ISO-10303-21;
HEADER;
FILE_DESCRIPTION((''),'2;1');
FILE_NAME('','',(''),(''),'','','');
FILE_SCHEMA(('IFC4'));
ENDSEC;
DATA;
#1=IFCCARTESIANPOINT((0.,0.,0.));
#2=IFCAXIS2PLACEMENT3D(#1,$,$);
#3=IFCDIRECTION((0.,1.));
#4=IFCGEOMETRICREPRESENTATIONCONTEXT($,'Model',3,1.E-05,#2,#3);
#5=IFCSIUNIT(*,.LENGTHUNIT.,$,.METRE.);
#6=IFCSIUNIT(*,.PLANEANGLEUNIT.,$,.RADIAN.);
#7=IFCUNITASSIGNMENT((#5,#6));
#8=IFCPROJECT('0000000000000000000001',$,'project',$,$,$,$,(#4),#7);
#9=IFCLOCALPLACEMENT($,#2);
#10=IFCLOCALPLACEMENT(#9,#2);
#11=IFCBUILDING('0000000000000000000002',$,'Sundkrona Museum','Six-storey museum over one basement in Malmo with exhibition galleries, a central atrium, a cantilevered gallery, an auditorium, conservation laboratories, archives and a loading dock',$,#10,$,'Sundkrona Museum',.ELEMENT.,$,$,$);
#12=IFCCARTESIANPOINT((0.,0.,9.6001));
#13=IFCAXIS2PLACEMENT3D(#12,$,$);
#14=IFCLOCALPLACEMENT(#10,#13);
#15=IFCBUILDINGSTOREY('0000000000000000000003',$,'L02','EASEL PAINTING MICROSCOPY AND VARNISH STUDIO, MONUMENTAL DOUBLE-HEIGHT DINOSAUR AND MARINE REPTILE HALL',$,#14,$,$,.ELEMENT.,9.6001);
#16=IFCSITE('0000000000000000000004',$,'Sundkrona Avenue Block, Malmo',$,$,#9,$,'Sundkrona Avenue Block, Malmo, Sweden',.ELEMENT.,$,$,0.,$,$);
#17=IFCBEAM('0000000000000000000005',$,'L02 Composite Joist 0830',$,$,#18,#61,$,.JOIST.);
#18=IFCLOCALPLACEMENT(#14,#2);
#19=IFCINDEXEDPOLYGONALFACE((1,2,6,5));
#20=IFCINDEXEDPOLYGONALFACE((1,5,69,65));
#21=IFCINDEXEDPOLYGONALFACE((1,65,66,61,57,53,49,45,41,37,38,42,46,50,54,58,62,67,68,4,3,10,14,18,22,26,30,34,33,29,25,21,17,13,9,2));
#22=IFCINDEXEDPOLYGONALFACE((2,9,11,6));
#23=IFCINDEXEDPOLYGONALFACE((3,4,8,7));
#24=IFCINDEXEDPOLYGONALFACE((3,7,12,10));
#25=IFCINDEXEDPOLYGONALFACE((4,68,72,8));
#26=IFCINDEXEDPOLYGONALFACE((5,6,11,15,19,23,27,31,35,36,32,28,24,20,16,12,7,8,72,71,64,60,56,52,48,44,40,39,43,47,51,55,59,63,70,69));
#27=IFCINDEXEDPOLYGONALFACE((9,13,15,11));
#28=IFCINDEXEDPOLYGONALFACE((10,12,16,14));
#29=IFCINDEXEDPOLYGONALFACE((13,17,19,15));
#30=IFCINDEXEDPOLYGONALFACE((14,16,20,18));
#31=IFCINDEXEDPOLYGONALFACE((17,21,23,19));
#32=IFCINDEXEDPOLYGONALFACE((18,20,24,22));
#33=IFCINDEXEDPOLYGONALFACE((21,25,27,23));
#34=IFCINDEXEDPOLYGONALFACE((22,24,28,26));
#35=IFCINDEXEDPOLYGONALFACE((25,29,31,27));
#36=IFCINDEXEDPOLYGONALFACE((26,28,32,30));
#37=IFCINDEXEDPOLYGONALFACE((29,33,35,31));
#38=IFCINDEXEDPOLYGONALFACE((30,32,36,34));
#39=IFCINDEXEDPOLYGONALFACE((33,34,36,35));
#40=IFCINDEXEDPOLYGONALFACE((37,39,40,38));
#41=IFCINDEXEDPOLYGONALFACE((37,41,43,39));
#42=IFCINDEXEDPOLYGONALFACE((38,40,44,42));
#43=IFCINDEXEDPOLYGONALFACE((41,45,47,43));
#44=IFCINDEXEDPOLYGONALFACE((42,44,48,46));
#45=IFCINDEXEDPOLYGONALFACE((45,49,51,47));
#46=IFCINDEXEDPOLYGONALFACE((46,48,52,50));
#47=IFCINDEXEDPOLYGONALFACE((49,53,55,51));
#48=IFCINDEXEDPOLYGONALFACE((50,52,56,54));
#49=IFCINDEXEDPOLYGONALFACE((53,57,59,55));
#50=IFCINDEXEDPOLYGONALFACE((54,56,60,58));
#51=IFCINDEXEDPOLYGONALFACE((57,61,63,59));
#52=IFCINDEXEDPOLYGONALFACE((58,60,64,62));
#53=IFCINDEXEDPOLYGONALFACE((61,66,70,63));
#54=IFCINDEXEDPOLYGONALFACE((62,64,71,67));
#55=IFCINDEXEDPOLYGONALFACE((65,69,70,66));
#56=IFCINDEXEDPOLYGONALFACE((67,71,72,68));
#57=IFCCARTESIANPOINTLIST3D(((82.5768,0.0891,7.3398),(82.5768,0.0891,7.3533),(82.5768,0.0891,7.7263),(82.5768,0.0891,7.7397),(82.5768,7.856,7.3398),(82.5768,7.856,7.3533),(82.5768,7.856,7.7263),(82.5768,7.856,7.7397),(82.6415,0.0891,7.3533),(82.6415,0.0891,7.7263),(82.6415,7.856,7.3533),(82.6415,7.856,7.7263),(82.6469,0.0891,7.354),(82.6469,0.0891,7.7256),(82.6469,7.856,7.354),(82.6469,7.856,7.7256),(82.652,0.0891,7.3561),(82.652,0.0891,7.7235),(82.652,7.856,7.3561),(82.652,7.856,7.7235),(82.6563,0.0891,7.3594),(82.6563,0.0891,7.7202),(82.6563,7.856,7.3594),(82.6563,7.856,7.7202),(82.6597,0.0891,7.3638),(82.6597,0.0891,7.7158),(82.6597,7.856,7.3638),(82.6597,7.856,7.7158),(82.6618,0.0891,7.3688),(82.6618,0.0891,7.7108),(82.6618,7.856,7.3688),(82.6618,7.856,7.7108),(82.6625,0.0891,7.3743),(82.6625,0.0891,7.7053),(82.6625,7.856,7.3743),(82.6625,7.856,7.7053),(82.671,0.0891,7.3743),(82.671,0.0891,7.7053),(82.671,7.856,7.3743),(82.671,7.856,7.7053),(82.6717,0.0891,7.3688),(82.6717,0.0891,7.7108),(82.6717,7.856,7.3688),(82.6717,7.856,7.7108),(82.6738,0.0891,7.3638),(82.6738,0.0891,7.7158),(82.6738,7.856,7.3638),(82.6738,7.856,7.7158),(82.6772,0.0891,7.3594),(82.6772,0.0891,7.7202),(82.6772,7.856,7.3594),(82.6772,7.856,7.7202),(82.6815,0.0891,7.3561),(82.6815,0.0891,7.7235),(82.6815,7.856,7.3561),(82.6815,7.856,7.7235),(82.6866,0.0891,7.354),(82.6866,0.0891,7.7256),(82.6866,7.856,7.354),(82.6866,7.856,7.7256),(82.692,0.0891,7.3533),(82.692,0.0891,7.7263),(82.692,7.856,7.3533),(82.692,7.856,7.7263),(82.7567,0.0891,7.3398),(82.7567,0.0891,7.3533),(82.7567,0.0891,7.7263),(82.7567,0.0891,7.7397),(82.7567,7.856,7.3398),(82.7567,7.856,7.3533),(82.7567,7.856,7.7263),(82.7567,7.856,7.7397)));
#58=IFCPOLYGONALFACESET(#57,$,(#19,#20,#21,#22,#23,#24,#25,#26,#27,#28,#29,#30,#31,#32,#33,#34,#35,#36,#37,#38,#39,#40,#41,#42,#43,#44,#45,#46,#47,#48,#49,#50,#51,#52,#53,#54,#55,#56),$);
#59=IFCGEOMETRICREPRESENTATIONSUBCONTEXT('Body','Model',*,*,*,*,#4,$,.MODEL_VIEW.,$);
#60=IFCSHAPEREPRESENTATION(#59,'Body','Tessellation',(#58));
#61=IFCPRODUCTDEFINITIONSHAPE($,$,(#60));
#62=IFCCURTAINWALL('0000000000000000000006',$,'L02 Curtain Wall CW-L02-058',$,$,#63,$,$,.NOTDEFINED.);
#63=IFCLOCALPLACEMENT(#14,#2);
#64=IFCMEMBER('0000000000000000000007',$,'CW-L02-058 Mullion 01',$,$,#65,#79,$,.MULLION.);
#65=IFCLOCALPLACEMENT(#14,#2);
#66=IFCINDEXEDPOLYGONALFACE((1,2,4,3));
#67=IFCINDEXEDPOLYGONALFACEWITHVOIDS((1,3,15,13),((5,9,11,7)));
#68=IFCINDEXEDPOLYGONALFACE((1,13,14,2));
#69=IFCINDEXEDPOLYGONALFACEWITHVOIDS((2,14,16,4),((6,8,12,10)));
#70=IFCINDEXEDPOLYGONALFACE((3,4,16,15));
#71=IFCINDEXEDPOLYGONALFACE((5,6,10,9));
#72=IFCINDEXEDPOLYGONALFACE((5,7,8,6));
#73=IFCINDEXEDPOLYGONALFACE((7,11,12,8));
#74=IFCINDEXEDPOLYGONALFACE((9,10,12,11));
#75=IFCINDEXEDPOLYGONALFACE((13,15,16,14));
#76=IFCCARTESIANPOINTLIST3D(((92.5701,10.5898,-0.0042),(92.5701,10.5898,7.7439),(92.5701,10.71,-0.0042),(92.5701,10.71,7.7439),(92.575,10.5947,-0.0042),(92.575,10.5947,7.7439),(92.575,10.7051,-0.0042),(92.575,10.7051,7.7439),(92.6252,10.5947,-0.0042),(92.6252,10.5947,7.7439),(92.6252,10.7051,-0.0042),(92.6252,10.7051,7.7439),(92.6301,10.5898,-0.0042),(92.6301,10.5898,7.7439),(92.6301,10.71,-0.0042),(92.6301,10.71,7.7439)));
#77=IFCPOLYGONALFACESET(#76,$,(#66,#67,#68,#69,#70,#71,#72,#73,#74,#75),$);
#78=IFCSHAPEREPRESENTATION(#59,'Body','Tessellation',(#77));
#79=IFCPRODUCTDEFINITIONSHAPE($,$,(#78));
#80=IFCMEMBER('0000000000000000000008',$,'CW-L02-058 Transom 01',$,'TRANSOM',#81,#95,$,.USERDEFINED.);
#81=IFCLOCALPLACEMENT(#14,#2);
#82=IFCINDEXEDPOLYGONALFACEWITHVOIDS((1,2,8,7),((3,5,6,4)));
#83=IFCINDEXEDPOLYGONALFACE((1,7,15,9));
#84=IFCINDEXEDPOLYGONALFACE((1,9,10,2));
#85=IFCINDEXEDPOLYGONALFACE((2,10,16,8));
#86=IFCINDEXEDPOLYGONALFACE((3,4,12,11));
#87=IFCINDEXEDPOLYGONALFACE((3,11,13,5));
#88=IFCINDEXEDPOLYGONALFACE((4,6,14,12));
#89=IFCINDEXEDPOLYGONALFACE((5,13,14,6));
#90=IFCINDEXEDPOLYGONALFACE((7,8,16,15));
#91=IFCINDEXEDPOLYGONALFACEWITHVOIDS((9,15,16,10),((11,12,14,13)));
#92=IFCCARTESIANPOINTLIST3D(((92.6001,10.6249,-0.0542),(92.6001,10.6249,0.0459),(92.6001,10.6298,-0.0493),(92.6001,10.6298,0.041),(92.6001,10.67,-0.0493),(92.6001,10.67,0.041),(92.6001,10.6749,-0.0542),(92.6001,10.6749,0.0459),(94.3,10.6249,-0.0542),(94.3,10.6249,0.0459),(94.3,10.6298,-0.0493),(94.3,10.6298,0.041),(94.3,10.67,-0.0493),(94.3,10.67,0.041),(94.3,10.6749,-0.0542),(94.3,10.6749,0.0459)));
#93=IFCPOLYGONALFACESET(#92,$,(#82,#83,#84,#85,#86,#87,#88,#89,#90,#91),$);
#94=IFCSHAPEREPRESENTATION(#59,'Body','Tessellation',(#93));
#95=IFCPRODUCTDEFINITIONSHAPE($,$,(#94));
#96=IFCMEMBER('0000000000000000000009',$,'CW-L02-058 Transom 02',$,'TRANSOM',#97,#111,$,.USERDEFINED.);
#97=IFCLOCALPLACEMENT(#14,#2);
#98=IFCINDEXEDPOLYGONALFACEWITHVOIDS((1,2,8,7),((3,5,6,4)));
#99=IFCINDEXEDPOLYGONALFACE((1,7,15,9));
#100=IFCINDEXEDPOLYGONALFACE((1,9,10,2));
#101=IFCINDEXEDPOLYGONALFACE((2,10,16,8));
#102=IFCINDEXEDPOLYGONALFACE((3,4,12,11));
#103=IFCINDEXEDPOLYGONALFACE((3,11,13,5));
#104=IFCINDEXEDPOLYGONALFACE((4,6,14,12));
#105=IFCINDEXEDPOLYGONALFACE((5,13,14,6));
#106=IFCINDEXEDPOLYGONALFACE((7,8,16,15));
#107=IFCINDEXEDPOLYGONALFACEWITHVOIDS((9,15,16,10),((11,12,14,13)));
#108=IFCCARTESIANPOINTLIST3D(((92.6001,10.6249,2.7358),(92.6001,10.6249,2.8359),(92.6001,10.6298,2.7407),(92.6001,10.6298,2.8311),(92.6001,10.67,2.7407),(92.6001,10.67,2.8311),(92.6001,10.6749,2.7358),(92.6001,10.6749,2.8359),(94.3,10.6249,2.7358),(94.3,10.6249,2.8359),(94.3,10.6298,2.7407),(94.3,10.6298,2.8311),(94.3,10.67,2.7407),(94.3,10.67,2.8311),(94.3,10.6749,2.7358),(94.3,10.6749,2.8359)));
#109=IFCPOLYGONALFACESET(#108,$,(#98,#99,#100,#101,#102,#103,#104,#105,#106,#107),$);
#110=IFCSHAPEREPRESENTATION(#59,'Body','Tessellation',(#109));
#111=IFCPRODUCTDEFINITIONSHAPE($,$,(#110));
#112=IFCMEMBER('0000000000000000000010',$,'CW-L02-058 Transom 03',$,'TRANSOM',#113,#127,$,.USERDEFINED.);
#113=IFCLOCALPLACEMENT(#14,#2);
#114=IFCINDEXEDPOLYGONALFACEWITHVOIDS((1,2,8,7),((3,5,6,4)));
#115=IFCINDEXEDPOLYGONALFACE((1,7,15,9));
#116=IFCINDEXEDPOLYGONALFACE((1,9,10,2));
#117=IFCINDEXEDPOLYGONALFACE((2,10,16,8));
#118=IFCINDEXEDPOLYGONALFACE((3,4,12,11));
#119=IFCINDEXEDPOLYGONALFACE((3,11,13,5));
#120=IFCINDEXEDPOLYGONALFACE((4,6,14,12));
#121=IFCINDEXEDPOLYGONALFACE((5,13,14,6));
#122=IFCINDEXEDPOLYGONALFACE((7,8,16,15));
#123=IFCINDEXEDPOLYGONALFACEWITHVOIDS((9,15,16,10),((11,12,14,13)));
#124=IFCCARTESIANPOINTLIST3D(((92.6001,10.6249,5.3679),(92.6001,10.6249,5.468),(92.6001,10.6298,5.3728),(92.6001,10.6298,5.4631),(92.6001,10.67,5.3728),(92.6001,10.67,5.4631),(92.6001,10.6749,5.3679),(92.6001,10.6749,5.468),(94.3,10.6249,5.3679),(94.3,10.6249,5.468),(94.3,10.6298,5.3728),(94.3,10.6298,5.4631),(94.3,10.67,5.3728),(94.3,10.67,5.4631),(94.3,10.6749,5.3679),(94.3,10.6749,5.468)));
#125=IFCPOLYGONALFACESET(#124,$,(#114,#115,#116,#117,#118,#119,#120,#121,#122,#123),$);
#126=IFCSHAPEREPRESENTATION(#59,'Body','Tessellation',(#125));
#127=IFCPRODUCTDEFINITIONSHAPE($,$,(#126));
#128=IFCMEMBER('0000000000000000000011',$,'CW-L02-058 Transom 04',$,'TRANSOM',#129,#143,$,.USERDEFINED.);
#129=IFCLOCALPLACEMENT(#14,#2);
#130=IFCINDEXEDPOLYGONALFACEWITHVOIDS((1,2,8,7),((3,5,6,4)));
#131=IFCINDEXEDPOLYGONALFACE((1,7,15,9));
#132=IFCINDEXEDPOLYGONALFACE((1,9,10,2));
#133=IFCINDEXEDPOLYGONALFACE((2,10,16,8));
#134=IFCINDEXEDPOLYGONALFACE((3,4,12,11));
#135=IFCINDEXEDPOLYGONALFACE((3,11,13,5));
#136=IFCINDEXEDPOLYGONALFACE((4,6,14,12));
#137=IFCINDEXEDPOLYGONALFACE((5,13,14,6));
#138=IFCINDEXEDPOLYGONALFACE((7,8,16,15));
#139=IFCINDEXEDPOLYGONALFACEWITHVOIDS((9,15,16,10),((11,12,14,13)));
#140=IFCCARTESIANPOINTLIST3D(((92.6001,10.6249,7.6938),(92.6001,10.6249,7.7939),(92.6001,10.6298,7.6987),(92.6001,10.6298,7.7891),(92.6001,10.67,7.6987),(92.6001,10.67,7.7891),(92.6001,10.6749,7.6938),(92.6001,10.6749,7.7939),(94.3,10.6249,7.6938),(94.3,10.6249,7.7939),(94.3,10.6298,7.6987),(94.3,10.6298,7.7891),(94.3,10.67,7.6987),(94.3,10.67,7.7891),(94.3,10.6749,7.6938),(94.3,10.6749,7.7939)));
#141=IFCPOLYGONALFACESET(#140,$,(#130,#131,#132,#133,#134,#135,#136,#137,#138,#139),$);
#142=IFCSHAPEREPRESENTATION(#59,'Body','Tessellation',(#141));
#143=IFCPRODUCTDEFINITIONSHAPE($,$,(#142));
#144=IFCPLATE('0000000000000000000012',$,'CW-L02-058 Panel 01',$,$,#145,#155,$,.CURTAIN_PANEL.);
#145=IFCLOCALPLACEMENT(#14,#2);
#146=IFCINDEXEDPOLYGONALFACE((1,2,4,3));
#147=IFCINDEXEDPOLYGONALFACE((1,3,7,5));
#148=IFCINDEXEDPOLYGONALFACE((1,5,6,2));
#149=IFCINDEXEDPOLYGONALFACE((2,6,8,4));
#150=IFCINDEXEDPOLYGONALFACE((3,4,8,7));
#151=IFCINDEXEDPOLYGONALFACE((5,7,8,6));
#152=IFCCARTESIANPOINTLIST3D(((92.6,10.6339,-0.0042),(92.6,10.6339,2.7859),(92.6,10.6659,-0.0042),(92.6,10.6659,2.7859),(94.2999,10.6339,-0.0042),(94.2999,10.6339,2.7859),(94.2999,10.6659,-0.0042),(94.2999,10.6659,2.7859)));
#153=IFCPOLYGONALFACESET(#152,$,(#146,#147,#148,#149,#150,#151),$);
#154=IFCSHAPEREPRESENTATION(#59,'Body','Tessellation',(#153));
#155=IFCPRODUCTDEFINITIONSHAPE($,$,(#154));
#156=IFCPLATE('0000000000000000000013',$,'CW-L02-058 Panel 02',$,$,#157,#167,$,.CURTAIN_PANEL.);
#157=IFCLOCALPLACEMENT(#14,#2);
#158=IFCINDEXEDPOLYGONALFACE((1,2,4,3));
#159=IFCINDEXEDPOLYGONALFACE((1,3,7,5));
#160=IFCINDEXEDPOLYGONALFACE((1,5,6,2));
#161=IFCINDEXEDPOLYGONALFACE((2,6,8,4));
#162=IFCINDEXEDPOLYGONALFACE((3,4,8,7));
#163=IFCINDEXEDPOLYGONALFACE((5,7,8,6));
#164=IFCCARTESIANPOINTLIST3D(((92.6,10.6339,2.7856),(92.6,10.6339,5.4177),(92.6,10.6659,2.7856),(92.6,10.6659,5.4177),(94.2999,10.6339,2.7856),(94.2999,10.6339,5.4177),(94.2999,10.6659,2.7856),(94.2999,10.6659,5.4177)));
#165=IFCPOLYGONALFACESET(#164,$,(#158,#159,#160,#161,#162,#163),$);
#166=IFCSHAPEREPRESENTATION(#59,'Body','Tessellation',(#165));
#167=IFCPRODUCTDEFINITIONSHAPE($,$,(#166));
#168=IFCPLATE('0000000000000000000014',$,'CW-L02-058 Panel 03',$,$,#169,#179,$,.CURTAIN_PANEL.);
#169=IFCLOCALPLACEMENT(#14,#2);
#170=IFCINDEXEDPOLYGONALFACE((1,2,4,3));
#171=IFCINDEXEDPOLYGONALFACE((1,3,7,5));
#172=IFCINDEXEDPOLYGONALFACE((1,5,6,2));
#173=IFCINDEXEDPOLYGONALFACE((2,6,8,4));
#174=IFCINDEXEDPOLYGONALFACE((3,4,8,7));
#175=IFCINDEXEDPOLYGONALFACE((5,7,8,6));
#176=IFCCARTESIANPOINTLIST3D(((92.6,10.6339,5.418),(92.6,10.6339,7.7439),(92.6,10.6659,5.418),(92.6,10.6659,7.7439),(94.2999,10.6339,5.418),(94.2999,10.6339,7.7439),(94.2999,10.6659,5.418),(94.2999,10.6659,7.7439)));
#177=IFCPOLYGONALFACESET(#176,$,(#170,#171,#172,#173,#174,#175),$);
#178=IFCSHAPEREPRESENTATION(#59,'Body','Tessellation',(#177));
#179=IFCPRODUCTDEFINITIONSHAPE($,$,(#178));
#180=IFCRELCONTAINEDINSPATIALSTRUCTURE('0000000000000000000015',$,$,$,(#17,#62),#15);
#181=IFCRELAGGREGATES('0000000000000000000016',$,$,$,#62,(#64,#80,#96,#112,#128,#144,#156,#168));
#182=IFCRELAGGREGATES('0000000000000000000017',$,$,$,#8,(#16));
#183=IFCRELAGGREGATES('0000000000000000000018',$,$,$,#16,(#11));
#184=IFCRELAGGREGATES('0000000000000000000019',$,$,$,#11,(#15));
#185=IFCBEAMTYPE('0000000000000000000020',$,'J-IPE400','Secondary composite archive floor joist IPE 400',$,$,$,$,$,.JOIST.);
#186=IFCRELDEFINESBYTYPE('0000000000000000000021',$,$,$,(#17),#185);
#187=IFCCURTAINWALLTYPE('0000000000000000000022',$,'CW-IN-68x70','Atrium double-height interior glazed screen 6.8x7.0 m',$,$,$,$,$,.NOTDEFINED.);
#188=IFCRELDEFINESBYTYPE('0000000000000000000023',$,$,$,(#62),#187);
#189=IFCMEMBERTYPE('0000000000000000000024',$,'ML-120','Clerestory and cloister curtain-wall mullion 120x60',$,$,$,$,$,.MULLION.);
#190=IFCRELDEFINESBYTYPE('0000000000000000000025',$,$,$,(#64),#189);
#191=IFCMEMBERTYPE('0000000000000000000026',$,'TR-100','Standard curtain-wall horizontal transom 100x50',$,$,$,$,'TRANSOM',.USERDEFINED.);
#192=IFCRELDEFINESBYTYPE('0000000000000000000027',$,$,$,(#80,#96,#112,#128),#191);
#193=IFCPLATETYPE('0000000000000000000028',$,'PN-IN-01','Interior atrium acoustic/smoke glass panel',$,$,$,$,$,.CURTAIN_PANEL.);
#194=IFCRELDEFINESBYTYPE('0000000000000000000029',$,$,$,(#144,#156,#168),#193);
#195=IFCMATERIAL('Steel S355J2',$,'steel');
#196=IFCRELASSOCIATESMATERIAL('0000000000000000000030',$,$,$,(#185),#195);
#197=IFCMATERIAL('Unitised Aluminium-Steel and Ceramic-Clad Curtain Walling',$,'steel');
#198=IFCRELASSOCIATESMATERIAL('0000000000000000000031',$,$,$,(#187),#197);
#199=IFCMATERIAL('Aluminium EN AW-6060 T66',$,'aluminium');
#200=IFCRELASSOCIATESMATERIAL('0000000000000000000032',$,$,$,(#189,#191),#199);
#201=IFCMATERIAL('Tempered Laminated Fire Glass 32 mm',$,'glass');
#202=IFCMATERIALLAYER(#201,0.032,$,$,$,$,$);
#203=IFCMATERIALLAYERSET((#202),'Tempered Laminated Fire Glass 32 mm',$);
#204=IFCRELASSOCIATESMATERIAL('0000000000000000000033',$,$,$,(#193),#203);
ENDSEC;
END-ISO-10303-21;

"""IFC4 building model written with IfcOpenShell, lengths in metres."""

from ifc_helpers import new_model, si_unit, direction, frame, origin, origin_2d, place, context, subcontext, project, spatial, rectangle, hollow_rectangle, i_section, extrude, material, layer, layer_set, material_profile, profile_set, type_object, element, aggregate, save


model = new_model("IFC4")

# Units and contexts
model_context = context("Model", 3, precision=1e-05, world=origin(), true_north=direction((0.0, 1.0)))
body_context = subcontext(model_context, "Body", "Model", "MODEL_VIEW")
ifc_project = project(units=[si_unit("LENGTHUNIT", "METRE"), si_unit("PLANEANGLEUNIT", "RADIAN")], contexts=[model_context])

# Site, building, storey
site_placement = place(None, origin())
site = spatial("IfcSite", under=ifc_project, at=site_placement, Name="Sundkrona Avenue Block, Malmo", LongName="Sundkrona Avenue Block, Malmo, Sweden", CompositionType="ELEMENT", RefElevation=0.0)
building_placement = place(site_placement, origin())
building = spatial("IfcBuilding", under=site, at=building_placement, Name="Sundkrona Museum", Description="Six-storey museum over one basement in Malmo with exhibition galleries, a central atrium, a cantilevered gallery, an auditorium, conservation laboratories, archives and a loading dock", LongName="Sundkrona Museum", CompositionType="ELEMENT")
storey_placement = place(building_placement, frame((0.0, 0.0, 9.6001)))
storey = spatial("IfcBuildingStorey", under=building, at=storey_placement, Name="L02", Description="EASEL PAINTING MICROSCOPY AND VARNISH STUDIO, MONUMENTAL DOUBLE-HEIGHT DINOSAUR AND MARINE REPTILE HALL", CompositionType="ELEMENT", Elevation=9.6001)

# Shared definitions
ifc_material_1 = material(Name="Steel S355J2", Category="steel")

# Beam
ifc_material_profile_1 = material_profile(ifc_material_1, i_section(OverallWidth=0.1799, OverallDepth=0.3999, WebThickness=0.0085, FlangeThickness=0.0134, FilletRadius=0.021, at=origin_2d()), Name="IPE 400")
ifc_profile_set_1 = profile_set([ifc_material_profile_1], Name="Steel S355J2")
beam_type_1 = type_object("IfcBeamType", Name="J-IPE400", Description="Secondary composite archive floor joist IPE 400", PredefinedType="JOIST", material=ifc_profile_set_1)
beam_1_placement = place(storey_placement, frame((82.6667, 0.0891, 7.5398), z_axis=(0.0, 1.0, 0.0), x_axis=(-1.0, 0.0, 0.0)))
element("IfcBeam", 1, at=beam_1_placement, inside=storey, type_object=beam_type_1, Name="L02 Composite Joist 0830", PredefinedType="JOIST", context=body_context, shape_type="SweptSolid", body=[
    extrude(i_section(OverallWidth=0.1799, OverallDepth=0.3999, WebThickness=0.0085, FlangeThickness=0.0134, FilletRadius=0.021, at=origin_2d()), origin(), (0.0, 0.0, 1.0), 7.7668),
])

# Curtain wall, members, plates
ifc_material_2 = material(Name="Unitised Aluminium-Steel and Ceramic-Clad Curtain Walling", Category="steel")
curtain_wall_type = type_object("IfcCurtainWallType", Name="CW-IN-68x70", Description="Atrium double-height interior glazed screen 6.8x7.0 m", PredefinedType="NOTDEFINED", material=ifc_material_2)
curtain_wall_placement = place(storey_placement, origin())
curtain_wall = element("IfcCurtainWall", 2, at=curtain_wall_placement, inside=storey, type_object=curtain_wall_type, Name="L02 Curtain Wall CW-L02-058", PredefinedType="NOTDEFINED")
ifc_material_3 = material(Name="Aluminium EN AW-6060 T66", Category="aluminium")
ifc_material_profile_2 = material_profile(ifc_material_3, hollow_rectangle(XDim=0.0601, YDim=0.1201, WallThickness=0.0049, at=origin_2d()), Name="RHS 120x60x5.0")
ifc_profile_set_2 = profile_set([ifc_material_profile_2], Name="Aluminium EN AW-6060 T66")
member_type_1 = type_object("IfcMemberType", Name="ML-120", Description="Clerestory and cloister curtain-wall mullion 120x60", PredefinedType="MULLION", material=ifc_profile_set_2)
member_1_placement = place(storey_placement, frame((92.6001, 10.6499, -0.0042), z_axis=(0.0, 0.0, 1.0), x_axis=(1.0, 0.0, 0.0)))
member_1 = element("IfcMember", 3, at=member_1_placement, type_object=member_type_1, Name="CW-L02-058 Mullion 01", PredefinedType="MULLION", context=body_context, shape_type="SweptSolid", body=[
    extrude(hollow_rectangle(XDim=0.0601, YDim=0.1201, WallThickness=0.0049, at=origin_2d()), origin(), (0.0, 0.0, 1.0), 7.748),
])
ifc_material_profile_3 = material_profile(ifc_material_3, hollow_rectangle(XDim=0.05, YDim=0.1001, WallThickness=0.0049, at=origin_2d()), Name="RHS 100x50x5.0")
ifc_profile_set_3 = profile_set([ifc_material_profile_3], Name="Aluminium EN AW-6060 T66")
member_type_2 = type_object("IfcMemberType", Name="TR-100", Description="Standard curtain-wall horizontal transom 100x50", ElementType="TRANSOM", PredefinedType="USERDEFINED", material=ifc_profile_set_3)
member_2_placement = place(storey_placement, frame((92.6001, 10.6499, -0.0042), z_axis=(1.0, 0.0, 0.0), x_axis=(0.0, 1.0, 0.0)))
member_2 = element("IfcMember", 4, at=member_2_placement, type_object=member_type_2, Name="CW-L02-058 Transom 01", ObjectType="TRANSOM", PredefinedType="USERDEFINED", context=body_context, shape_type="SweptSolid", body=[
    extrude(hollow_rectangle(XDim=0.05, YDim=0.1001, WallThickness=0.0049, at=origin_2d()), origin(), (0.0, 0.0, 1.0), 1.7),
])
member_3_placement = place(storey_placement, frame((92.6001, 10.6499, 2.7859), z_axis=(1.0, 0.0, 0.0), x_axis=(0.0, 1.0, 0.0)))
member_3 = element("IfcMember", 5, at=member_3_placement, type_object=member_type_2, Name="CW-L02-058 Transom 02", ObjectType="TRANSOM", PredefinedType="USERDEFINED", context=body_context, shape_type="SweptSolid", body=[
    extrude(hollow_rectangle(XDim=0.05, YDim=0.1001, WallThickness=0.0049, at=origin_2d()), origin(), (0.0, 0.0, 1.0), 1.7),
])
member_4_placement = place(storey_placement, frame((92.6001, 10.6499, 5.418), z_axis=(1.0, 0.0, 0.0), x_axis=(0.0, 1.0, 0.0)))
member_4 = element("IfcMember", 6, at=member_4_placement, type_object=member_type_2, Name="CW-L02-058 Transom 03", ObjectType="TRANSOM", PredefinedType="USERDEFINED", context=body_context, shape_type="SweptSolid", body=[
    extrude(hollow_rectangle(XDim=0.05, YDim=0.1001, WallThickness=0.0049, at=origin_2d()), origin(), (0.0, 0.0, 1.0), 1.7),
])
member_5_placement = place(storey_placement, frame((92.6001, 10.6499, 7.7439), z_axis=(1.0, 0.0, 0.0), x_axis=(0.0, 1.0, 0.0)))
member_5 = element("IfcMember", 7, at=member_5_placement, type_object=member_type_2, Name="CW-L02-058 Transom 04", ObjectType="TRANSOM", PredefinedType="USERDEFINED", context=body_context, shape_type="SweptSolid", body=[
    extrude(hollow_rectangle(XDim=0.05, YDim=0.1001, WallThickness=0.0049, at=origin_2d()), origin(), (0.0, 0.0, 1.0), 1.7),
])
ifc_material_4 = material(Name="Tempered Laminated Fire Glass 32 mm", Category="glass")
ifc_layer_1 = layer(ifc_material_4, 0.032)
ifc_layer_set_1 = layer_set([ifc_layer_1], Name="Tempered Laminated Fire Glass 32 mm")
plate_type = type_object("IfcPlateType", Name="PN-IN-01", Description="Interior atrium acoustic/smoke glass panel", PredefinedType="CURTAIN_PANEL", material=ifc_layer_set_1)
plate_1_placement = place(storey_placement, frame((93.45, 10.6499, -0.0042), z_axis=(0.0, 0.0, 1.0), x_axis=(1.0, 0.0, 0.0)))
plate_1 = element("IfcPlate", 8, at=plate_1_placement, type_object=plate_type, Name="CW-L02-058 Panel 01", PredefinedType="CURTAIN_PANEL", context=body_context, shape_type="SweptSolid", body=[
    extrude(rectangle(XDim=1.7, YDim=0.032, at=origin_2d()), origin(), (0.0, 0.0, 1.0), 2.79),
])
plate_2_placement = place(storey_placement, frame((93.45, 10.6499, 2.7856), z_axis=(0.0, 0.0, 1.0), x_axis=(1.0, 0.0, 0.0)))
plate_2 = element("IfcPlate", 9, at=plate_2_placement, type_object=plate_type, Name="CW-L02-058 Panel 02", PredefinedType="CURTAIN_PANEL", context=body_context, shape_type="SweptSolid", body=[
    extrude(rectangle(XDim=1.7, YDim=0.032, at=origin_2d()), origin(), (0.0, 0.0, 1.0), 2.6321),
])
plate_3_placement = place(storey_placement, frame((93.45, 10.6499, 5.418), z_axis=(0.0, 0.0, 1.0), x_axis=(1.0, 0.0, 0.0)))
plate_3 = element("IfcPlate", 10, at=plate_3_placement, type_object=plate_type, Name="CW-L02-058 Panel 03", PredefinedType="CURTAIN_PANEL", context=body_context, shape_type="SweptSolid", body=[
    extrude(rectangle(XDim=1.7, YDim=0.032, at=origin_2d()), origin(), (0.0, 0.0, 1.0), 2.3259),
])
aggregate(curtain_wall, [member_1, member_2, member_3, member_4, member_5, plate_1, plate_2, plate_3])

save(model, "model.ifc")
